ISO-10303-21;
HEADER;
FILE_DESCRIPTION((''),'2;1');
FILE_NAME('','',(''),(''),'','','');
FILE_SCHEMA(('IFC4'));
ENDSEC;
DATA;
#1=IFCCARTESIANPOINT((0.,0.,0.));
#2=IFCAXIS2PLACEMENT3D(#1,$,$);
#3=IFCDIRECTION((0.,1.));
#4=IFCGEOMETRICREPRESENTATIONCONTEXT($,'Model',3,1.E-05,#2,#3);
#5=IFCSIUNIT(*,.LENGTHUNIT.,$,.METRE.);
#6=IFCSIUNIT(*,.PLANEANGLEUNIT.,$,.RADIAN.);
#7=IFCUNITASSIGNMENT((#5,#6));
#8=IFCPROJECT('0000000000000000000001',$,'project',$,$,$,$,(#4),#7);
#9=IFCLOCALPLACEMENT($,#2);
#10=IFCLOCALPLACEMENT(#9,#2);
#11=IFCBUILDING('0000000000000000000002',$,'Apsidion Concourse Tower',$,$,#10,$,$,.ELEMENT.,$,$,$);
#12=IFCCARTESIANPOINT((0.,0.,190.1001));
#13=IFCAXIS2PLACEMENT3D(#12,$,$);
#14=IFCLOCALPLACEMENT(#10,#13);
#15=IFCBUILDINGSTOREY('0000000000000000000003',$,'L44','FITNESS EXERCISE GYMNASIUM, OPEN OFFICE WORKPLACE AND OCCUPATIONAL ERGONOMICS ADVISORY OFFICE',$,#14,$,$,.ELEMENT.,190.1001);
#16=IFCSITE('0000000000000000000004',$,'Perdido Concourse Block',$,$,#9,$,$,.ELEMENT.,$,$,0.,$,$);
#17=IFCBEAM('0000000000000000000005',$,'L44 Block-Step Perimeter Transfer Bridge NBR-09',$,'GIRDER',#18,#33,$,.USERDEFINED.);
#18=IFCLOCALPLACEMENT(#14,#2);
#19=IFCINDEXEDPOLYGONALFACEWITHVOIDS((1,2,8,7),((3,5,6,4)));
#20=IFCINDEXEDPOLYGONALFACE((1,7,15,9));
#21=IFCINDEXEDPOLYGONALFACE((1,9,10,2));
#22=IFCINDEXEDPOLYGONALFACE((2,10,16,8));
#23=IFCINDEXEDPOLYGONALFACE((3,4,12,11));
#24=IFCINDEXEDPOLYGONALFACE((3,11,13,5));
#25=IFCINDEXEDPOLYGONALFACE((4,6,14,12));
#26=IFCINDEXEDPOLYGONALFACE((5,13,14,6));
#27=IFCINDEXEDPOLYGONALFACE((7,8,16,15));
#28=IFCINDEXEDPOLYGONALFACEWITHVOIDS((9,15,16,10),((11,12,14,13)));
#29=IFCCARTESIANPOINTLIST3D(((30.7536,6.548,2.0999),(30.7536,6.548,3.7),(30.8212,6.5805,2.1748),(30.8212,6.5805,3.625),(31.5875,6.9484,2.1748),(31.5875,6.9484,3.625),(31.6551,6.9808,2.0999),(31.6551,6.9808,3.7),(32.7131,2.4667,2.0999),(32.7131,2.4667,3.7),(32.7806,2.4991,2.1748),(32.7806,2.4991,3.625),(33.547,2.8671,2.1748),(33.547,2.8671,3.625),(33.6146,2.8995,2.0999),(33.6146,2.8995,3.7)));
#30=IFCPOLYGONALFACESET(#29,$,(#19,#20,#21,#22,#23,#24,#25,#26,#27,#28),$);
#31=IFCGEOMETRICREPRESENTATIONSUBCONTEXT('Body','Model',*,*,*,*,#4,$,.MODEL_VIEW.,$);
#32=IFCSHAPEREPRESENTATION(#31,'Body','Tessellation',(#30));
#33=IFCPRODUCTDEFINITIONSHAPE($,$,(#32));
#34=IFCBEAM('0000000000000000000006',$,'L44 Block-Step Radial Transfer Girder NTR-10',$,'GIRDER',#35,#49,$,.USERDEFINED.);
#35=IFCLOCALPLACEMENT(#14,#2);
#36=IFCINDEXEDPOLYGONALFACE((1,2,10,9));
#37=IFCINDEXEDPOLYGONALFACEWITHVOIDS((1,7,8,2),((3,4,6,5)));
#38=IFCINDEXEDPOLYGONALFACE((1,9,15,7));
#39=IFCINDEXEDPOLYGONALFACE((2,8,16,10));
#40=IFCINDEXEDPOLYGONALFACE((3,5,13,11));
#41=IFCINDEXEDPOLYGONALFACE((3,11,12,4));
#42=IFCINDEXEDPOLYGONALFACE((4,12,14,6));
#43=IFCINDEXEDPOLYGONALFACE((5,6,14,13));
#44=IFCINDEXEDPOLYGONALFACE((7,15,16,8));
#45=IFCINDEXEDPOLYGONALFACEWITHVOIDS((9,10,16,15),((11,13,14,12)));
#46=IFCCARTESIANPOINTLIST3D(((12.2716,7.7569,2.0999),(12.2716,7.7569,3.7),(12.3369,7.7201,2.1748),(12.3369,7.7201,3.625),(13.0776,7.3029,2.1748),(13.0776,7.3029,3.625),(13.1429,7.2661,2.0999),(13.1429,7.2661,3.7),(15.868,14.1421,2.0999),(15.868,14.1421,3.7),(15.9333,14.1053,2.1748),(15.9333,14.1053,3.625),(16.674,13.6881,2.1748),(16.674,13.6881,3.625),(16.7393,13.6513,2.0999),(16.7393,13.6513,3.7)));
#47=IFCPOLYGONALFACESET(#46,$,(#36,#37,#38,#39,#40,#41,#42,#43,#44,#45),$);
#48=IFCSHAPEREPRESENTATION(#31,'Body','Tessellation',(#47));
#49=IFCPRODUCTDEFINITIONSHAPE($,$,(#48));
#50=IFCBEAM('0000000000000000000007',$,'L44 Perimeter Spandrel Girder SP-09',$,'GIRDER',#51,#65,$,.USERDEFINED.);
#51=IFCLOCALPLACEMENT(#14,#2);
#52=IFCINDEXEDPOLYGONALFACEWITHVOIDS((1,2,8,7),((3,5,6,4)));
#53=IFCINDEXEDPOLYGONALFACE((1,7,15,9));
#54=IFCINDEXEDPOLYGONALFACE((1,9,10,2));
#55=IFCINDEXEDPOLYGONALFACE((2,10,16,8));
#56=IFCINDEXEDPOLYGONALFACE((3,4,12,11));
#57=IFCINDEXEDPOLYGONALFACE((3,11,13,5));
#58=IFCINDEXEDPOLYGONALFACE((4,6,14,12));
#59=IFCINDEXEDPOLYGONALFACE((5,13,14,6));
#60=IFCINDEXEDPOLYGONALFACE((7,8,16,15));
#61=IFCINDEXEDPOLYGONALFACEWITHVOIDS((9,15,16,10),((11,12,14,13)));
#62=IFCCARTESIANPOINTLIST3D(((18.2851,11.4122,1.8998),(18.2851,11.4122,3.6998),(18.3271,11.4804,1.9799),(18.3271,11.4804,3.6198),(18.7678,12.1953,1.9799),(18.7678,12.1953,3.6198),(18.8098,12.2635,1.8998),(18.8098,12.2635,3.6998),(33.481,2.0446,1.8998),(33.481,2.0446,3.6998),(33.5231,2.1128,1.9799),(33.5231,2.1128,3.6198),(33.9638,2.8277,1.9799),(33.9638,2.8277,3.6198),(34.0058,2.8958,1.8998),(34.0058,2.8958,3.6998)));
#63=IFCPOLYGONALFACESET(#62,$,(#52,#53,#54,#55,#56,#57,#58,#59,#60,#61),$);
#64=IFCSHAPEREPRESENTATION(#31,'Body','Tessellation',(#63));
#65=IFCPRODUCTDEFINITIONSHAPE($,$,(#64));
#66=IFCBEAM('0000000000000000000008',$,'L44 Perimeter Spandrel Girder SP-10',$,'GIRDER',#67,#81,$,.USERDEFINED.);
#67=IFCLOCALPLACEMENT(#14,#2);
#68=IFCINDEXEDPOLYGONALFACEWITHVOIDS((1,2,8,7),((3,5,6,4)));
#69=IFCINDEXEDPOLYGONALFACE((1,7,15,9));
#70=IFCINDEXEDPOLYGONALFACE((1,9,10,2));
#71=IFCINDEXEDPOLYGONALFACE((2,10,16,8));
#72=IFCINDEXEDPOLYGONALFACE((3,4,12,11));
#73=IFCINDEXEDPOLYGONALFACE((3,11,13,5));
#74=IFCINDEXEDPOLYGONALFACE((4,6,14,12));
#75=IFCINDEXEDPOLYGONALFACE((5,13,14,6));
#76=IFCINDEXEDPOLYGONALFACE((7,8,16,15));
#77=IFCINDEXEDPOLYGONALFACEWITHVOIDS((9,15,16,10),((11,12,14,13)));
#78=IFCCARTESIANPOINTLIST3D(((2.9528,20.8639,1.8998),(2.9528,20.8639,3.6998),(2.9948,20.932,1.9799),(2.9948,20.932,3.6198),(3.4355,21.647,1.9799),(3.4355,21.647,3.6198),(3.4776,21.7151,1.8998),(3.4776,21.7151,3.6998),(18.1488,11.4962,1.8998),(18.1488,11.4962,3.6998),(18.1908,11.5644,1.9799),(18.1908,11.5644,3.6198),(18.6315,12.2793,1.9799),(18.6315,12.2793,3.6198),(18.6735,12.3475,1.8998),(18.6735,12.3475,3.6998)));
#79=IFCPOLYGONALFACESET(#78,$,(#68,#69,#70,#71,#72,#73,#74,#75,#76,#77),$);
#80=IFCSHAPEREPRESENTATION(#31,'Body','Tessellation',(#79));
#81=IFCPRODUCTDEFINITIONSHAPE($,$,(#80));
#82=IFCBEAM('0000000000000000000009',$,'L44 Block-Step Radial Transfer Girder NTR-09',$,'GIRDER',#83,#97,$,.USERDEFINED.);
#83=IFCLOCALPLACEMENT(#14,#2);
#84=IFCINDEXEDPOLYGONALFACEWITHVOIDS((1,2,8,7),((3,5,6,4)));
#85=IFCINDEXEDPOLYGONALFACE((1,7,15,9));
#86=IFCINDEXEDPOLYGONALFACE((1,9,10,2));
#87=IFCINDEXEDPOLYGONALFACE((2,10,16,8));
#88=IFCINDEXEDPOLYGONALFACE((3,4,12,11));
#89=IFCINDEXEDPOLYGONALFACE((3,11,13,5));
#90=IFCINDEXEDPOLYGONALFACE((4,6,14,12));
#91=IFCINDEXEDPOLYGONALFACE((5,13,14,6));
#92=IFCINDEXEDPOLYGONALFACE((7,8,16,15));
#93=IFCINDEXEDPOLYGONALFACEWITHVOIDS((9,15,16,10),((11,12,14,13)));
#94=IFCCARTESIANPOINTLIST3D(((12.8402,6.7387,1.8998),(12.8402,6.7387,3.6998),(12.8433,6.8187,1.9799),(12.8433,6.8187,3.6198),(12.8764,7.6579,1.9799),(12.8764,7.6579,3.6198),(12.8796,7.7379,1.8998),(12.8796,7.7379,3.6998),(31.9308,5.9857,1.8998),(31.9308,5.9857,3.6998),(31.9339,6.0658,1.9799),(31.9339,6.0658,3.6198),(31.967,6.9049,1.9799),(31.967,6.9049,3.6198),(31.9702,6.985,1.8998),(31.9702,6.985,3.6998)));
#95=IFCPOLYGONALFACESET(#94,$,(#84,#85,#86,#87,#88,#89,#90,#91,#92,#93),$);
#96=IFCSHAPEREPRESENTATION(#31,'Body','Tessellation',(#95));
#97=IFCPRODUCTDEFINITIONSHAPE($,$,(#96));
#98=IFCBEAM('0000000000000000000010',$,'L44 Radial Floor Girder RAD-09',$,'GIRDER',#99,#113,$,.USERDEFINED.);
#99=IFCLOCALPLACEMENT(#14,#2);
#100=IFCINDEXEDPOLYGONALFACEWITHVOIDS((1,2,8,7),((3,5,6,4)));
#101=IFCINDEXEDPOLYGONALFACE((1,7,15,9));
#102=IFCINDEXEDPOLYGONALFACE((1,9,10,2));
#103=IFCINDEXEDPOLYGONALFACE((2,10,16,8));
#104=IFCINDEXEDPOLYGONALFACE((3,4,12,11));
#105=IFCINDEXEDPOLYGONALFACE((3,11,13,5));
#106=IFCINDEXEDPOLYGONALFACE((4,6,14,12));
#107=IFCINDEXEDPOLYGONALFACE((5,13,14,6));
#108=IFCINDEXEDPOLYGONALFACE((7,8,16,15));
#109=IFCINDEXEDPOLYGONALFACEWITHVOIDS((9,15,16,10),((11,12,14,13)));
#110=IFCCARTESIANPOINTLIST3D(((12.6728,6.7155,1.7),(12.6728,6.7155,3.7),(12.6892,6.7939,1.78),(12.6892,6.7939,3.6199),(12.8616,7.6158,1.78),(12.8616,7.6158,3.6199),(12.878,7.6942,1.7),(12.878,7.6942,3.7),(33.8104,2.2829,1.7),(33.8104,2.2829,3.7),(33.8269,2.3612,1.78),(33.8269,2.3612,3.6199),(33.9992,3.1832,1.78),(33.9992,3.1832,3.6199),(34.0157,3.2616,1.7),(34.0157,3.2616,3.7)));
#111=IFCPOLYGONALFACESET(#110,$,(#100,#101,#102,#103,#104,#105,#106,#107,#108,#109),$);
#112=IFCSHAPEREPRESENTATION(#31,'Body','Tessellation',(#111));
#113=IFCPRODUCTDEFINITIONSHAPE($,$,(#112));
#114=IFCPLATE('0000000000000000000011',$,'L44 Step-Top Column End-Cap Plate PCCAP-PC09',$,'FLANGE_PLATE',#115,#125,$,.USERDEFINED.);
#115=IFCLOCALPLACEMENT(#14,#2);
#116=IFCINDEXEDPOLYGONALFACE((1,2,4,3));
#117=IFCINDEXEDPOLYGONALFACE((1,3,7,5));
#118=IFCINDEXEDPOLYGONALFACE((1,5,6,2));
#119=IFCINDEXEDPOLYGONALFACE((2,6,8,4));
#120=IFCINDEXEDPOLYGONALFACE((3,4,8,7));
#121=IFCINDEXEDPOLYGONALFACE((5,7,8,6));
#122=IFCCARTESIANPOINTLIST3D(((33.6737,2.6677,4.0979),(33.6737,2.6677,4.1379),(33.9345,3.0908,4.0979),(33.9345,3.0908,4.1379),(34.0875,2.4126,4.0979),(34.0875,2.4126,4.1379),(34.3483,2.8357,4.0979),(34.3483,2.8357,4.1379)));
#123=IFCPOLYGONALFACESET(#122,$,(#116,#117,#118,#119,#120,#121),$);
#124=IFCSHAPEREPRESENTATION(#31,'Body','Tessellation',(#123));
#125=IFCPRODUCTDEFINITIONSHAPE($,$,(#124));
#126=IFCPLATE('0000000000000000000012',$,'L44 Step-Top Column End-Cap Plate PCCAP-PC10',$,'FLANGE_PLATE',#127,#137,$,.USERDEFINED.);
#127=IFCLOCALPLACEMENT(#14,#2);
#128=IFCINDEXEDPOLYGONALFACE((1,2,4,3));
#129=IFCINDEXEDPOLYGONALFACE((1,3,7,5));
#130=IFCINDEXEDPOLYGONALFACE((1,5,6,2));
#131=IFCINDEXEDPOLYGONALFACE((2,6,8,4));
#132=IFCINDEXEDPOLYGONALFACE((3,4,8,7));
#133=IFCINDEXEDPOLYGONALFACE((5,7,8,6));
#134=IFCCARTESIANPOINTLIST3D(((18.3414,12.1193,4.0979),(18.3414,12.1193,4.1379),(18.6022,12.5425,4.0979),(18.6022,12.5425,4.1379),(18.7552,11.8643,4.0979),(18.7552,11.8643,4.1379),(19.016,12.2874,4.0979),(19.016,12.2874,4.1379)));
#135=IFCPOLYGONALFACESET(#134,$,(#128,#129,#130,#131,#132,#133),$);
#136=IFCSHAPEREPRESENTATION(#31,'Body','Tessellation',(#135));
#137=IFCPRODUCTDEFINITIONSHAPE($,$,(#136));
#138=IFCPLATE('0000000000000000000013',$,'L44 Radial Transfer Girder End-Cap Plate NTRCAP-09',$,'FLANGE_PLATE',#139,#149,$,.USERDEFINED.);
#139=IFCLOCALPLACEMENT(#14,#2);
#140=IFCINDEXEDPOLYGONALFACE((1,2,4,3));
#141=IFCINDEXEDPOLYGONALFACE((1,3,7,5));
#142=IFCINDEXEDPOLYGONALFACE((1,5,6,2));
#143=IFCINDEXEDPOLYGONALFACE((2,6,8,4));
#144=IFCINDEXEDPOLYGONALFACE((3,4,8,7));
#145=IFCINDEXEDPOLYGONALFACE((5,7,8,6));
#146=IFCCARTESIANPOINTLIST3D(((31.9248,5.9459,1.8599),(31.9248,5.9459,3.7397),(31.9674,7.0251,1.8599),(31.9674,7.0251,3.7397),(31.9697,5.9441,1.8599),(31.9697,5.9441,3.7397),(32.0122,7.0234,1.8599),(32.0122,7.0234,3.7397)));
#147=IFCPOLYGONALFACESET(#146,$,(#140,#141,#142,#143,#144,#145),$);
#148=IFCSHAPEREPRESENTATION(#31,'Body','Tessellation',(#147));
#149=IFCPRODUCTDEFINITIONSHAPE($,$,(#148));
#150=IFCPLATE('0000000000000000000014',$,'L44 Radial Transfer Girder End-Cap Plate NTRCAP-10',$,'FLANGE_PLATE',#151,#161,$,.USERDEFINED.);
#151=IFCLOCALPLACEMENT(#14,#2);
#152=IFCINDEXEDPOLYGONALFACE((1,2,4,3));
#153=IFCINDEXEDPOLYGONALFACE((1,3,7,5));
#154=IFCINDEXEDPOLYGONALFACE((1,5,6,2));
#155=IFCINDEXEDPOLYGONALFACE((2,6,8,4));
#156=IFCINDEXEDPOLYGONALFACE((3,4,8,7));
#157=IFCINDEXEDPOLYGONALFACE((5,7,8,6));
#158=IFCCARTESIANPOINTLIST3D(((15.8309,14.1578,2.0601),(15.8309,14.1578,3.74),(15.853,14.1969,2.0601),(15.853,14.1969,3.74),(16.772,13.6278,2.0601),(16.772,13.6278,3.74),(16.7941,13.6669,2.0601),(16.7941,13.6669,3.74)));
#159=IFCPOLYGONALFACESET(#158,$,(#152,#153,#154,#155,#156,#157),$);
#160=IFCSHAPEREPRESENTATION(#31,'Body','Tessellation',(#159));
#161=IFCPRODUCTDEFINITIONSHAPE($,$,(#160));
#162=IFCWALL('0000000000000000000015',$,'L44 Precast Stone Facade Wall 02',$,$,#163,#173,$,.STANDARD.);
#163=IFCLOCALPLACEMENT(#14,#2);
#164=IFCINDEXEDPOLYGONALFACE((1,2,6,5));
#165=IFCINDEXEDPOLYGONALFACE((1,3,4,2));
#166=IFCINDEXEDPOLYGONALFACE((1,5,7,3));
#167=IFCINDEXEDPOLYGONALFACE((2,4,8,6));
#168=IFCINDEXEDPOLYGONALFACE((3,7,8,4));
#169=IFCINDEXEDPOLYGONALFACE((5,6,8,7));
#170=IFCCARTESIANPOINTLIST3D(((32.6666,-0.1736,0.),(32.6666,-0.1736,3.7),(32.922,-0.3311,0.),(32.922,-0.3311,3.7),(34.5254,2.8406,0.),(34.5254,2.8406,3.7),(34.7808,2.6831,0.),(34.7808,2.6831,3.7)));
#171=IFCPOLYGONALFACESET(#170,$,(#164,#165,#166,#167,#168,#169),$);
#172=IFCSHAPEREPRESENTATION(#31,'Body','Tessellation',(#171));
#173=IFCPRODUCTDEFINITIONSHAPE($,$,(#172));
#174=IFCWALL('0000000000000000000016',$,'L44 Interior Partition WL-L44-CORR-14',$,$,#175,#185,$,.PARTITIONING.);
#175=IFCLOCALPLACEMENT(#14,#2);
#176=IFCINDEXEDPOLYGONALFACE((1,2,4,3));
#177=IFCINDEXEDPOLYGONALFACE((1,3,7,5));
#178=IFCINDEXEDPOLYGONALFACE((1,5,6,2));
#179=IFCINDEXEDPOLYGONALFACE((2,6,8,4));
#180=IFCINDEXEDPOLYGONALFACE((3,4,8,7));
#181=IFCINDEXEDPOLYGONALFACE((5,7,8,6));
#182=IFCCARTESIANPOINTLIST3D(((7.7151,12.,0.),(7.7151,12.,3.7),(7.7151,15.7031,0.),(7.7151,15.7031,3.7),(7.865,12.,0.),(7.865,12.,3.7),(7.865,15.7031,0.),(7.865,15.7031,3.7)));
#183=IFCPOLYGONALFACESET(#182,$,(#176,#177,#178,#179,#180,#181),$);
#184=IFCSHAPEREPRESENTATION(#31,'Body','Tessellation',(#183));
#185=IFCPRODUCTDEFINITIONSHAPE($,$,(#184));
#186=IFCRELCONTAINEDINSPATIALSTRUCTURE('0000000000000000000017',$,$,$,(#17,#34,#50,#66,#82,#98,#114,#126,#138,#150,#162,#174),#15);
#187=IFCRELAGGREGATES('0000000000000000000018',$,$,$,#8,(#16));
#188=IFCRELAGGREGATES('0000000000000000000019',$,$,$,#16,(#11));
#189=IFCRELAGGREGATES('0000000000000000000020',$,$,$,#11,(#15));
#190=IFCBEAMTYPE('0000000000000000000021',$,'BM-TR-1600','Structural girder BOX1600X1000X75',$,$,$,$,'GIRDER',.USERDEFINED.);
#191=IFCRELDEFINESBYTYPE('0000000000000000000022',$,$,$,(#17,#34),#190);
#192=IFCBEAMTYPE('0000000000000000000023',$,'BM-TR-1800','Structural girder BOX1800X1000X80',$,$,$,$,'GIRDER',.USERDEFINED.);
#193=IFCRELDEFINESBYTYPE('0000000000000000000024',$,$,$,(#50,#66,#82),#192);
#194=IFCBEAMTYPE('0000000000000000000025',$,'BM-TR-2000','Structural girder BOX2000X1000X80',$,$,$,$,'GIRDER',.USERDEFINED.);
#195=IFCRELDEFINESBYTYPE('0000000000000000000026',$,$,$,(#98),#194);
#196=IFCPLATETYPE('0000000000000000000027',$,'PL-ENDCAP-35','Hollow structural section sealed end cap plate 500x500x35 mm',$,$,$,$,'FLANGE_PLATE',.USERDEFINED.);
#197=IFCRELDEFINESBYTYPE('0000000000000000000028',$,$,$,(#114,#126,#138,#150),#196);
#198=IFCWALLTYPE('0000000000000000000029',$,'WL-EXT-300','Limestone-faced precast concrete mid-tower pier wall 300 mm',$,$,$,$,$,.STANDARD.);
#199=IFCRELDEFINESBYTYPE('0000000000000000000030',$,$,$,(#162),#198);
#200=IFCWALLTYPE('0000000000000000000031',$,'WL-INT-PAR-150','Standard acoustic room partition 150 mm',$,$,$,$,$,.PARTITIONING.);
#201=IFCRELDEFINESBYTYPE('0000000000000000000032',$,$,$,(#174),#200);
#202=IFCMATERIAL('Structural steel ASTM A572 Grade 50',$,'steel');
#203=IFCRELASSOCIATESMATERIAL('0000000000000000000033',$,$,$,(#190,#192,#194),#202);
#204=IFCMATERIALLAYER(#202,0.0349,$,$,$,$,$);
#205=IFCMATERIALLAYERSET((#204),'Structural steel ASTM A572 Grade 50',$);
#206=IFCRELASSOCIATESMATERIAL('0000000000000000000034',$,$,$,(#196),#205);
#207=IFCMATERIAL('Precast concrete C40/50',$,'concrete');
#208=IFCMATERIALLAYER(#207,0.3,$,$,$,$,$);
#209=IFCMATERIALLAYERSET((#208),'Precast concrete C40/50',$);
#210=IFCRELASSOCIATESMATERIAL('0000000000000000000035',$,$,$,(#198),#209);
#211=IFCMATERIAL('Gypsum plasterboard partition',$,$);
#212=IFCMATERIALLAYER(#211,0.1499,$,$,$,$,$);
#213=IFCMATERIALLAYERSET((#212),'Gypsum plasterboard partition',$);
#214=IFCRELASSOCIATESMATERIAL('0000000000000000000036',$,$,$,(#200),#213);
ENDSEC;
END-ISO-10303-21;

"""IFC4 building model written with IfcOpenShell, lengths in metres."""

from ifc_helpers import new_model, si_unit, direction, frame, frame_2d, origin, origin_2d, place, context, subcontext, project, spatial, rectangle, hollow_rectangle, extrude, material, layer, layer_set, material_profile, profile_set, type_object, element, save


model = new_model("IFC4")

# Units and contexts
model_context = context("Model", 3, precision=1e-05, world=origin(), true_north=direction((0.0, 1.0)))
body_context = subcontext(model_context, "Body", "Model", "MODEL_VIEW")
ifc_project = project(units=[si_unit("LENGTHUNIT", "METRE"), si_unit("PLANEANGLEUNIT", "RADIAN")], contexts=[model_context])

# Site, building, storey
site_placement = place(None, origin())
site = spatial("IfcSite", under=ifc_project, at=site_placement, Name="Perdido Concourse Block", CompositionType="ELEMENT", RefElevation=0.0)
building_placement = place(site_placement, origin())
building = spatial("IfcBuilding", under=site, at=building_placement, Name="Apsidion Concourse Tower", CompositionType="ELEMENT")
storey_placement = place(building_placement, frame((0.0, 0.0, 190.1001)))
storey = spatial("IfcBuildingStorey", under=building, at=storey_placement, Name="L44", Description="FITNESS EXERCISE GYMNASIUM, OPEN OFFICE WORKPLACE AND OCCUPATIONAL ERGONOMICS ADVISORY OFFICE", CompositionType="ELEMENT", Elevation=190.1001)

# Beams
ifc_material_1 = material(Name="Structural steel ASTM A572 Grade 50", Category="steel")
ifc_material_profile_1 = material_profile(ifc_material_1, hollow_rectangle(XDim=1.0, YDim=1.6001, WallThickness=0.075, at=origin_2d()), Name="BOX1600X1000X75")
ifc_profile_set_1 = profile_set([ifc_material_profile_1], Name="Structural steel ASTM A572 Grade 50")
beam_type_1 = type_object("IfcBeamType", Name="BM-TR-1600", Description="Structural girder BOX1600X1000X75", ElementType="GIRDER", PredefinedType="USERDEFINED", material=ifc_profile_set_1)
beam_1_placement = place(storey_placement, frame((33.1638, 2.6831, 2.8999), z_axis=(-0.432812, 0.901484, 0.0), x_axis=(-0.901484, -0.432812, 0.0)))
element("IfcBeam", 1, at=beam_1_placement, inside=storey, type_object=beam_type_1, Name="L44 Block-Step Perimeter Transfer Bridge NBR-09", ObjectType="GIRDER", PredefinedType="USERDEFINED", context=body_context, shape_type="SweptSolid", body=[
    extrude(hollow_rectangle(XDim=1.0, YDim=1.6001, WallThickness=0.075, at=origin_2d()), origin(), (0.0, 0.0, 1.0), 4.5273),
])
beam_2_placement = place(storey_placement, frame((12.7073, 7.5115, 2.8999), z_axis=(0.490751, 0.8713, 0.0), x_axis=(-0.8713, 0.490751, 0.0)))
element("IfcBeam", 2, at=beam_2_placement, inside=storey, type_object=beam_type_1, Name="L44 Block-Step Radial Transfer Girder NTR-10", ObjectType="GIRDER", PredefinedType="USERDEFINED", context=body_context, shape_type="SweptSolid", body=[
    extrude(hollow_rectangle(XDim=1.0, YDim=1.6001, WallThickness=0.075, at=origin_2d()), origin(), (0.0, 0.0, 1.0), 7.3284),
])
ifc_material_profile_2 = material_profile(ifc_material_1, hollow_rectangle(XDim=1.0, YDim=1.8, WallThickness=0.0801, at=origin_2d()), Name="BOX1800X1000X80")
ifc_profile_set_2 = profile_set([ifc_material_profile_2], Name="Structural steel ASTM A572 Grade 50")
beam_type_2 = type_object("IfcBeamType", Name="BM-TR-1800", Description="Structural girder BOX1800X1000X80", ElementType="GIRDER", PredefinedType="USERDEFINED", material=ifc_profile_set_2)
for number, where, z_axis, x_axis, name in (
    (3, (33.7434, 2.4702, 2.7998), (-0.851251, 0.524758, 0.0), (-0.524758, -0.851251, 0.0), "L44 Perimeter Spandrel Girder SP-09"),
    (4, (18.4111, 11.9219, 2.7998), (-0.851251, 0.524758, 0.0), (-0.524758, -0.851251, 0.0), "L44 Perimeter Spandrel Girder SP-10"),
):
    element("IfcBeam", number, at=place(storey_placement, frame(where, z_axis=z_axis, x_axis=x_axis)), inside=storey, type_object=beam_type_2, Name=name, ObjectType="GIRDER", PredefinedType="USERDEFINED", context=body_context, shape_type="SweptSolid", body=[
        extrude(hollow_rectangle(XDim=1.0, YDim=1.8, WallThickness=0.0801, at=origin_2d()), origin(), (0.0, 0.0, 1.0), 17.8513),
    ])
beam_3_placement = place(storey_placement, frame((12.8599, 7.2383, 2.7998), z_axis=(0.999223, -0.039409, 0.0), x_axis=(0.039409, 0.999223, 0.0)))
element("IfcBeam", 5, at=beam_3_placement, inside=storey, type_object=beam_type_2, Name="L44 Block-Step Radial Transfer Girder NTR-09", ObjectType="GIRDER", PredefinedType="USERDEFINED", context=body_context, shape_type="SweptSolid", body=[
    extrude(hollow_rectangle(XDim=1.0, YDim=1.8, WallThickness=0.0801, at=origin_2d()), origin(), (0.0, 0.0, 1.0), 19.1055),
])
ifc_material_profile_3 = material_profile(ifc_material_1, hollow_rectangle(XDim=1.0, YDim=2.0, WallThickness=0.0801, at=origin_2d()), Name="BOX2000X1000X80")
ifc_profile_set_3 = profile_set([ifc_material_profile_3], Name="Structural steel ASTM A572 Grade 50")
beam_type_3 = type_object("IfcBeamType", Name="BM-TR-2000", Description="Structural girder BOX2000X1000X80", ElementType="GIRDER", PredefinedType="USERDEFINED", material=ifc_profile_set_3)
beam_4_placement = place(storey_placement, frame((12.7754, 7.2048, 2.7), z_axis=(0.978712, -0.205238, 0.0), x_axis=(0.205238, 0.978712, 0.0)))
element("IfcBeam", 6, at=beam_4_placement, inside=storey, type_object=beam_type_3, Name="L44 Radial Floor Girder RAD-09", ObjectType="GIRDER", PredefinedType="USERDEFINED", context=body_context, shape_type="SweptSolid", body=[
    extrude(hollow_rectangle(XDim=1.0, YDim=2.0, WallThickness=0.0801, at=origin_2d()), origin(), (0.0, 0.0, 1.0), 21.5974),
])

# Plates
ifc_layer_1 = layer(ifc_material_1, 0.0349)
ifc_layer_set_1 = layer_set([ifc_layer_1], Name="Structural steel ASTM A572 Grade 50")
plate_type = type_object("IfcPlateType", Name="PL-ENDCAP-35", Description="Hollow structural section sealed end cap plate 500x500x35 mm", ElementType="FLANGE_PLATE", PredefinedType="USERDEFINED", material=ifc_layer_set_1)
for number, where, z_axis, x_axis, name in (
    (7, (34.011, 2.7517, 4.0979), (0.0, 0.0, 1.0), (-0.851269, 0.524729, 0.0), "L44 Step-Top Column End-Cap Plate PCCAP-PC09"),
    (8, (18.6787, 12.2034, 4.0979), (0.0, 0.0, 1.0), (-0.851269, 0.524729, 0.0), "L44 Step-Top Column End-Cap Plate PCCAP-PC10"),
):
    element("IfcPlate", number, at=place(storey_placement, frame(where, z_axis=z_axis, x_axis=x_axis)), inside=storey, type_object=plate_type, Name=name, ObjectType="FLANGE_PLATE", PredefinedType="USERDEFINED", context=body_context, shape_type="SweptSolid", body=[
        extrude(rectangle(XDim=0.4861, YDim=0.4971, at=origin_2d()), origin(), (0.0, 0.0, 1.0), 0.04),
    ])
plate_1_placement = place(storey_placement, frame((31.9685, 6.4846, 1.8599), z_axis=(0.0, 0.0, 1.0), x_axis=(0.999222, -0.039434, 0.0)))
element("IfcPlate", 9, at=plate_1_placement, inside=storey, type_object=plate_type, Name="L44 Radial Transfer Girder End-Cap Plate NTRCAP-09", ObjectType="FLANGE_PLATE", PredefinedType="USERDEFINED", context=body_context, shape_type="SweptSolid", body=[
    extrude(rectangle(XDim=0.0449, YDim=1.0801, at=origin_2d()), origin(), (0.0, 0.0, 1.0), 1.8799),
])
plate_2_placement = place(storey_placement, frame((16.3125, 13.9124, 2.0601), z_axis=(0.0, 0.0, 1.0), x_axis=(0.490752, 0.871299, 0.0)))
element("IfcPlate", 10, at=plate_2_placement, inside=storey, type_object=plate_type, Name="L44 Radial Transfer Girder End-Cap Plate NTRCAP-10", ObjectType="FLANGE_PLATE", PredefinedType="USERDEFINED", context=body_context, shape_type="SweptSolid", body=[
    extrude(rectangle(XDim=0.0449, YDim=1.0801, at=origin_2d()), origin(), (0.0, 0.0, 1.0), 1.6799),
])

# Walls
ifc_material_2 = material(Name="Precast concrete C40/50", Category="concrete")
ifc_layer_2 = layer(ifc_material_2, 0.3)
ifc_layer_set_2 = layer_set([ifc_layer_2], Name="Precast concrete C40/50")
wall_type_1 = type_object("IfcWallType", Name="WL-EXT-300", Description="Limestone-faced precast concrete mid-tower pier wall 300 mm", PredefinedType="STANDARD", material=ifc_layer_set_2)
wall_1_placement = place(storey_placement, frame((34.6531, 2.7617, 0.0), z_axis=(0.0, 0.0, 1.0), x_axis=(-0.52492, -0.851151, 0.0)))
element("IfcWall", 11, at=wall_1_placement, inside=storey, type_object=wall_type_1, Name="L44 Precast Stone Facade Wall 02", PredefinedType="STANDARD", context=body_context, shape_type="SweptSolid", body=[
    extrude(rectangle(XDim=3.5413, YDim=0.3, at=frame_2d((1.7705, 0.0))), origin(), (0.0, 0.0, 1.0), 3.7),
])
ifc_material_3 = material(Name="Gypsum plasterboard partition")
ifc_layer_3 = layer(ifc_material_3, 0.1499)
ifc_layer_set_3 = layer_set([ifc_layer_3], Name="Gypsum plasterboard partition")
wall_type_2 = type_object("IfcWallType", Name="WL-INT-PAR-150", Description="Standard acoustic room partition 150 mm", PredefinedType="PARTITIONING", material=ifc_layer_set_3)
wall_2_placement = place(storey_placement, frame((7.79, 12.0, 0.0), z_axis=(0.0, 0.0, 1.0), x_axis=(0.0, 1.0, 0.0)))
element("IfcWall", 12, at=wall_2_placement, inside=storey, type_object=wall_type_2, Name="L44 Interior Partition WL-L44-CORR-14", PredefinedType="PARTITIONING", context=body_context, shape_type="SweptSolid", body=[
    extrude(rectangle(XDim=3.7031, YDim=0.1499, at=frame_2d((1.8516, 0.0))), origin(), (0.0, 0.0, 1.0), 3.7),
])

save(model, "model.ifc")
